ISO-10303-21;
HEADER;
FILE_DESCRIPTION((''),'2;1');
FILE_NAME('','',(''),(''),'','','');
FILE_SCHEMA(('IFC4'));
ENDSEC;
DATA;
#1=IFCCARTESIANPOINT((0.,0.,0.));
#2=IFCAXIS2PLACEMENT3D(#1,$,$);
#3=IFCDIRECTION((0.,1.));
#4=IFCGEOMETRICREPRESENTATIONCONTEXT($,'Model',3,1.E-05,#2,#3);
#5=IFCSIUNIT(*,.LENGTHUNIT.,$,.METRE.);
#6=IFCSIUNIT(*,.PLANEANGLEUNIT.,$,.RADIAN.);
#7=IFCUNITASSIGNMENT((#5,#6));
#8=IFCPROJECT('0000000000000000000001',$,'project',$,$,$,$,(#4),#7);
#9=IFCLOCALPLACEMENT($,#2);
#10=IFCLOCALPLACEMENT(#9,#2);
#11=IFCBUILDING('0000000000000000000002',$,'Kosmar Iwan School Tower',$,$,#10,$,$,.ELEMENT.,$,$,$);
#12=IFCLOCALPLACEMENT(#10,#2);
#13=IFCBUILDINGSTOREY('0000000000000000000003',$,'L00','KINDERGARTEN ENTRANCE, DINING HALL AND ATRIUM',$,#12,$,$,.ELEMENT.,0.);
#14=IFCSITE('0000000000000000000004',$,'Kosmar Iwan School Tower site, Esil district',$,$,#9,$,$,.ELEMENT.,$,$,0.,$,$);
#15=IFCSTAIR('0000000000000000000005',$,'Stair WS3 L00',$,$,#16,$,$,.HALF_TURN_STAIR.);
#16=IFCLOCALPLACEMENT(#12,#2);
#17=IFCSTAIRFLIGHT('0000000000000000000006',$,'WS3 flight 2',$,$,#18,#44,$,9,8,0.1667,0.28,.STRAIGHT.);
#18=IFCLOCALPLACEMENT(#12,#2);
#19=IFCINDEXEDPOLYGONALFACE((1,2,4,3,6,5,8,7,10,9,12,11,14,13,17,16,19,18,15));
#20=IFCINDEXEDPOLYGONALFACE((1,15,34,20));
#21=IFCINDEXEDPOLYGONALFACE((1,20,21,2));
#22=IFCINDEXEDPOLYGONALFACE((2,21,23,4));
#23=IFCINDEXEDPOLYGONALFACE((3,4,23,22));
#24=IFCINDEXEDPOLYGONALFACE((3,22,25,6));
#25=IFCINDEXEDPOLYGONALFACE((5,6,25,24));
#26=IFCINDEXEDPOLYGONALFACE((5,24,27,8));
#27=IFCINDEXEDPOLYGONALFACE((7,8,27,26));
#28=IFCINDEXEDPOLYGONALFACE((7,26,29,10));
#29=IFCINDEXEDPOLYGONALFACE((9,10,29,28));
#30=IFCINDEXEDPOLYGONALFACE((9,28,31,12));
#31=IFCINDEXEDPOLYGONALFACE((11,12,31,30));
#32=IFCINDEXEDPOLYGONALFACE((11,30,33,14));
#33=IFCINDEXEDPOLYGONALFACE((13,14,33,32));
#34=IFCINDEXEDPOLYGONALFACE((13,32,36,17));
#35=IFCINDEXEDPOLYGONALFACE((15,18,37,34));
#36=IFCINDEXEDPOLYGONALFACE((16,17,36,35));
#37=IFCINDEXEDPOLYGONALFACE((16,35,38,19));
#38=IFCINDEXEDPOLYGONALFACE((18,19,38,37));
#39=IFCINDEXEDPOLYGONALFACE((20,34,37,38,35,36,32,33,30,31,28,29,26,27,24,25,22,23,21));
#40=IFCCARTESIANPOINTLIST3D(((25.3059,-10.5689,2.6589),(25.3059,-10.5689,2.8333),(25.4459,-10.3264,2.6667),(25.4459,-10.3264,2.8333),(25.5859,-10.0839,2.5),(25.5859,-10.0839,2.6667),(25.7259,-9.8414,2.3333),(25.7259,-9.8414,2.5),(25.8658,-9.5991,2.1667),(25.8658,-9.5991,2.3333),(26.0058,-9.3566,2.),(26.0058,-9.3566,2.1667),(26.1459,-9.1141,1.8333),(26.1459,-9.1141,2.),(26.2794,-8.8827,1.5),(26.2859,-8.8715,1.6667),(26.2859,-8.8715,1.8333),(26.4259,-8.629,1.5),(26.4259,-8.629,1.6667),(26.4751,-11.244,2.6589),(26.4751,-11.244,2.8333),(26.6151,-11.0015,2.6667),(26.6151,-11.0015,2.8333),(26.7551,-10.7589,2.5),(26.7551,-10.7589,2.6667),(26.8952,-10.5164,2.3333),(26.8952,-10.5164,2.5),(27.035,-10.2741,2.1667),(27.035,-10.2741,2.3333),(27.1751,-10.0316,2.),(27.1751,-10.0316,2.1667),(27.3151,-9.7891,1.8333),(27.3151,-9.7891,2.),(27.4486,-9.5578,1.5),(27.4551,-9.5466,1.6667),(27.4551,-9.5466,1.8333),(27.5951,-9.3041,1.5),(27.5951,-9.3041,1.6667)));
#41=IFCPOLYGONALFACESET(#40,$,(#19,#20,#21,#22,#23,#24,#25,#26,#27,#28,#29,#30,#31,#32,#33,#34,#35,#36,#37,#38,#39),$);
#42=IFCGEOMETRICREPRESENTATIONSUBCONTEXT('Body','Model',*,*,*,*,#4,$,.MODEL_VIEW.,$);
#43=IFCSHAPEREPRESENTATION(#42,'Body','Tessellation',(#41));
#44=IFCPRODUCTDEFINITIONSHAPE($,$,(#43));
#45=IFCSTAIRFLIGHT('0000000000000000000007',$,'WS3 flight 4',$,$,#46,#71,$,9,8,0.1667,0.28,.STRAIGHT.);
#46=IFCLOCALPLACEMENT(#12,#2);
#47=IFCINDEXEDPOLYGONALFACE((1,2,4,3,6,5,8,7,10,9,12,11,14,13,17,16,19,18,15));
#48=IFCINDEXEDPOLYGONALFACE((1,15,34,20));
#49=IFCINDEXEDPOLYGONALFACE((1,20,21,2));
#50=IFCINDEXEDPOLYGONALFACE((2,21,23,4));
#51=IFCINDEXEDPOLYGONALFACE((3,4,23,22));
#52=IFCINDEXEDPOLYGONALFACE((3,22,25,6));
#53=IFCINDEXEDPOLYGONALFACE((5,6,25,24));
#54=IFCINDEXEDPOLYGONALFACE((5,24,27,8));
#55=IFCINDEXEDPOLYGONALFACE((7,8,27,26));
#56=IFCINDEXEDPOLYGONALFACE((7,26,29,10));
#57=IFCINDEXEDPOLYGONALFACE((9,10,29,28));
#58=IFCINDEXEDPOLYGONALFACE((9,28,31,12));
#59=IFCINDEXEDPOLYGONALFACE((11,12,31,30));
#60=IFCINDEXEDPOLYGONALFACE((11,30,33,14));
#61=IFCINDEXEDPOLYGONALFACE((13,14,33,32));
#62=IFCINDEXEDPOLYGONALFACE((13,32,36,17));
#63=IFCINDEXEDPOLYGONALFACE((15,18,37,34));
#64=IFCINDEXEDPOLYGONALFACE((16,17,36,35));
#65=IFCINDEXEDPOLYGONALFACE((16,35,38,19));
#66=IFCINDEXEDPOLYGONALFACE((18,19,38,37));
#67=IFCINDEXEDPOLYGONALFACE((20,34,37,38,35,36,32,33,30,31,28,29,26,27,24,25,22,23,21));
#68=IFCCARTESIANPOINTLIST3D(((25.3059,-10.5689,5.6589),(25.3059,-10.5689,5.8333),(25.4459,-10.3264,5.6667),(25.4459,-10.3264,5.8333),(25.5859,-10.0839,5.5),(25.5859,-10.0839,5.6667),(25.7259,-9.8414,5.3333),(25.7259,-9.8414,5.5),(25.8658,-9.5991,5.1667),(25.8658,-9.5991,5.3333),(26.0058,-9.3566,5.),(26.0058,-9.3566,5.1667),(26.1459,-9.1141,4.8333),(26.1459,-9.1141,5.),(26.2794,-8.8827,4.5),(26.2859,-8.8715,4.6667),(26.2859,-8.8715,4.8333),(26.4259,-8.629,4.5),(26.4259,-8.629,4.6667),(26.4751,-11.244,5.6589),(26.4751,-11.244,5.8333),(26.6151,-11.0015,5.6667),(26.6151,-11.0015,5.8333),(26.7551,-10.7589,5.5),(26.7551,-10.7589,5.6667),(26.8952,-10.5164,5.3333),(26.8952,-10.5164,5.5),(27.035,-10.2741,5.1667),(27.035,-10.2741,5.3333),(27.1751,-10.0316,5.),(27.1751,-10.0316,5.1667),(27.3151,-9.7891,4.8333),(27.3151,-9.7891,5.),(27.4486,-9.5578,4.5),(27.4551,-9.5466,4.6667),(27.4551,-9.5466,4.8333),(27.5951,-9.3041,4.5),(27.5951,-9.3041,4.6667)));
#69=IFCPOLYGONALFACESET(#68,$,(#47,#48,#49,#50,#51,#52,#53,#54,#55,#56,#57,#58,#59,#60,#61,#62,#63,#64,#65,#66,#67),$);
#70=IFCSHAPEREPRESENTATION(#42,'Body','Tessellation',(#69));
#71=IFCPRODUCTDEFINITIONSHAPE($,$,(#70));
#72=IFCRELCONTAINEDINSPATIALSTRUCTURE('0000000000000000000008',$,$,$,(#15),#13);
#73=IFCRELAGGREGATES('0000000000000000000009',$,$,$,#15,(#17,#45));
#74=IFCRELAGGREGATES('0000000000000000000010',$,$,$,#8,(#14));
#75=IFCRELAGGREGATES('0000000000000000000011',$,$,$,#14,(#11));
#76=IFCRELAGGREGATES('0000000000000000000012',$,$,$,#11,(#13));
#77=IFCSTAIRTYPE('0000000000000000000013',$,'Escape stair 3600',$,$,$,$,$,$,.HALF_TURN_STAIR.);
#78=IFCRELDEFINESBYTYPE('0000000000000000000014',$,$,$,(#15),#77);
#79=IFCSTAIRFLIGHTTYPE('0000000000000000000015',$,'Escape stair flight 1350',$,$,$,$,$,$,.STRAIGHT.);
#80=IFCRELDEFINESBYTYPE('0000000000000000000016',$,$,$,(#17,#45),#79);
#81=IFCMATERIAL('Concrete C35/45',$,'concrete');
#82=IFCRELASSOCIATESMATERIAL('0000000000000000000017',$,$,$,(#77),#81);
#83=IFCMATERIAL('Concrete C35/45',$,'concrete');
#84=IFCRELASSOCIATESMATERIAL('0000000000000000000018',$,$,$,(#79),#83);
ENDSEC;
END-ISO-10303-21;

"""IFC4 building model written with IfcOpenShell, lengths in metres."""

from ifc_helpers import new_model, si_unit, direction, frame, origin, place, context, subcontext, project, spatial, polyline, outline, extrude, material, type_object, element, aggregate, save


model = new_model("IFC4")

# Units and contexts
model_context = context("Model", 3, precision=1e-05, world=origin(), true_north=direction((0.0, 1.0)))
body_context = subcontext(model_context, "Body", "Model", "MODEL_VIEW")
ifc_project = project(units=[si_unit("LENGTHUNIT", "METRE"), si_unit("PLANEANGLEUNIT", "RADIAN")], contexts=[model_context])

# Site, building, storey
site_placement = place(None, origin())
site = spatial("IfcSite", under=ifc_project, at=site_placement, Name="Kosmar Iwan School Tower site, Esil district", CompositionType="ELEMENT", RefElevation=0.0)
building_placement = place(site_placement, origin())
building = spatial("IfcBuilding", under=site, at=building_placement, Name="Kosmar Iwan School Tower", CompositionType="ELEMENT")
storey_placement = place(building_placement, origin())
storey = spatial("IfcBuildingStorey", under=building, at=storey_placement, Name="L00", Description="KINDERGARTEN ENTRANCE, DINING HALL AND ATRIUM", CompositionType="ELEMENT", Elevation=0.0)

# Stair, stair flights
ifc_material_1 = material(Name="Concrete C35/45", Category="concrete")
stair_type = type_object("IfcStairType", Name="Escape stair 3600", PredefinedType="HALF_TURN_STAIR", material=ifc_material_1)
stair_placement = place(storey_placement, origin())
stair = element("IfcStair", 1, at=stair_placement, inside=storey, type_object=stair_type, Name="Stair WS3 L00", PredefinedType="HALF_TURN_STAIR")
ifc_material_2 = material(Name="Concrete C35/45", Category="concrete")
stair_flight_type = type_object("IfcStairFlightType", Name="Escape stair flight 1350", PredefinedType="STRAIGHT", material=ifc_material_2)
stair_flight_1_placement = place(storey_placement, frame((27.0105, -8.9666, 1.5), z_axis=(0.0, 0.0, 1.0), x_axis=(-0.5, -0.866025, 0.0)))
stair_flight_1 = element("IfcStairFlight", 2, at=stair_flight_1_placement, type_object=stair_flight_type, Name="WS3 flight 2", NumberOfRisers=9, NumberOfTreads=8, PredefinedType="STRAIGHT", RiserHeight=0.1667, TreadLength=0.28, context=body_context, shape_type="SweptSolid", body=[
    extrude(outline(polyline([(0.0, 0.0), (0.0, 0.1667), (0.28, 0.1667), (0.28, 0.3333), (0.5601, 0.3333), (0.5601, 0.5), (0.8401, 0.5), (0.8401, 0.6667), (1.1201, 0.6667), (1.1201, 0.8333), (1.3999, 0.8333), (1.3999, 1.0), (1.6799, 1.0), (1.6799, 1.1667), (1.96, 1.1667), (1.96, 1.3333), (2.24, 1.3333), (2.24, 1.5), (2.24, 1.1589), (0.293, 0.0), (0.0, 0.0)])), frame((0.0, 0.675, 0.0), z_axis=(0.0, -1.0, 0.0), x_axis=(1.0, 0.0, 0.0)), (0.0, 0.0, 1.0), 1.3501),
])
stair_flight_2_placement = place(storey_placement, frame((27.0105, -8.9666, 4.5), z_axis=(0.0, 0.0, 1.0), x_axis=(-0.5, -0.866025, 0.0)))
stair_flight_2 = element("IfcStairFlight", 3, at=stair_flight_2_placement, type_object=stair_flight_type, Name="WS3 flight 4", NumberOfRisers=9, NumberOfTreads=8, PredefinedType="STRAIGHT", RiserHeight=0.1667, TreadLength=0.28, context=body_context, shape_type="SweptSolid", body=[
    extrude(outline(polyline([(0.0, 0.0), (0.0, 0.1667), (0.28, 0.1667), (0.28, 0.3333), (0.5601, 0.3333), (0.5601, 0.5), (0.8401, 0.5), (0.8401, 0.6667), (1.1201, 0.6667), (1.1201, 0.8333), (1.3999, 0.8333), (1.3999, 1.0), (1.6799, 1.0), (1.6799, 1.1667), (1.96, 1.1667), (1.96, 1.3333), (2.24, 1.3333), (2.24, 1.5), (2.24, 1.1589), (0.293, 0.0), (0.0, 0.0)])), frame((0.0, 0.675, 0.0), z_axis=(0.0, -1.0, 0.0), x_axis=(1.0, 0.0, 0.0)), (0.0, 0.0, 1.0), 1.3501),
])
aggregate(stair, [stair_flight_1, stair_flight_2])

save(model, "model.ifc")
